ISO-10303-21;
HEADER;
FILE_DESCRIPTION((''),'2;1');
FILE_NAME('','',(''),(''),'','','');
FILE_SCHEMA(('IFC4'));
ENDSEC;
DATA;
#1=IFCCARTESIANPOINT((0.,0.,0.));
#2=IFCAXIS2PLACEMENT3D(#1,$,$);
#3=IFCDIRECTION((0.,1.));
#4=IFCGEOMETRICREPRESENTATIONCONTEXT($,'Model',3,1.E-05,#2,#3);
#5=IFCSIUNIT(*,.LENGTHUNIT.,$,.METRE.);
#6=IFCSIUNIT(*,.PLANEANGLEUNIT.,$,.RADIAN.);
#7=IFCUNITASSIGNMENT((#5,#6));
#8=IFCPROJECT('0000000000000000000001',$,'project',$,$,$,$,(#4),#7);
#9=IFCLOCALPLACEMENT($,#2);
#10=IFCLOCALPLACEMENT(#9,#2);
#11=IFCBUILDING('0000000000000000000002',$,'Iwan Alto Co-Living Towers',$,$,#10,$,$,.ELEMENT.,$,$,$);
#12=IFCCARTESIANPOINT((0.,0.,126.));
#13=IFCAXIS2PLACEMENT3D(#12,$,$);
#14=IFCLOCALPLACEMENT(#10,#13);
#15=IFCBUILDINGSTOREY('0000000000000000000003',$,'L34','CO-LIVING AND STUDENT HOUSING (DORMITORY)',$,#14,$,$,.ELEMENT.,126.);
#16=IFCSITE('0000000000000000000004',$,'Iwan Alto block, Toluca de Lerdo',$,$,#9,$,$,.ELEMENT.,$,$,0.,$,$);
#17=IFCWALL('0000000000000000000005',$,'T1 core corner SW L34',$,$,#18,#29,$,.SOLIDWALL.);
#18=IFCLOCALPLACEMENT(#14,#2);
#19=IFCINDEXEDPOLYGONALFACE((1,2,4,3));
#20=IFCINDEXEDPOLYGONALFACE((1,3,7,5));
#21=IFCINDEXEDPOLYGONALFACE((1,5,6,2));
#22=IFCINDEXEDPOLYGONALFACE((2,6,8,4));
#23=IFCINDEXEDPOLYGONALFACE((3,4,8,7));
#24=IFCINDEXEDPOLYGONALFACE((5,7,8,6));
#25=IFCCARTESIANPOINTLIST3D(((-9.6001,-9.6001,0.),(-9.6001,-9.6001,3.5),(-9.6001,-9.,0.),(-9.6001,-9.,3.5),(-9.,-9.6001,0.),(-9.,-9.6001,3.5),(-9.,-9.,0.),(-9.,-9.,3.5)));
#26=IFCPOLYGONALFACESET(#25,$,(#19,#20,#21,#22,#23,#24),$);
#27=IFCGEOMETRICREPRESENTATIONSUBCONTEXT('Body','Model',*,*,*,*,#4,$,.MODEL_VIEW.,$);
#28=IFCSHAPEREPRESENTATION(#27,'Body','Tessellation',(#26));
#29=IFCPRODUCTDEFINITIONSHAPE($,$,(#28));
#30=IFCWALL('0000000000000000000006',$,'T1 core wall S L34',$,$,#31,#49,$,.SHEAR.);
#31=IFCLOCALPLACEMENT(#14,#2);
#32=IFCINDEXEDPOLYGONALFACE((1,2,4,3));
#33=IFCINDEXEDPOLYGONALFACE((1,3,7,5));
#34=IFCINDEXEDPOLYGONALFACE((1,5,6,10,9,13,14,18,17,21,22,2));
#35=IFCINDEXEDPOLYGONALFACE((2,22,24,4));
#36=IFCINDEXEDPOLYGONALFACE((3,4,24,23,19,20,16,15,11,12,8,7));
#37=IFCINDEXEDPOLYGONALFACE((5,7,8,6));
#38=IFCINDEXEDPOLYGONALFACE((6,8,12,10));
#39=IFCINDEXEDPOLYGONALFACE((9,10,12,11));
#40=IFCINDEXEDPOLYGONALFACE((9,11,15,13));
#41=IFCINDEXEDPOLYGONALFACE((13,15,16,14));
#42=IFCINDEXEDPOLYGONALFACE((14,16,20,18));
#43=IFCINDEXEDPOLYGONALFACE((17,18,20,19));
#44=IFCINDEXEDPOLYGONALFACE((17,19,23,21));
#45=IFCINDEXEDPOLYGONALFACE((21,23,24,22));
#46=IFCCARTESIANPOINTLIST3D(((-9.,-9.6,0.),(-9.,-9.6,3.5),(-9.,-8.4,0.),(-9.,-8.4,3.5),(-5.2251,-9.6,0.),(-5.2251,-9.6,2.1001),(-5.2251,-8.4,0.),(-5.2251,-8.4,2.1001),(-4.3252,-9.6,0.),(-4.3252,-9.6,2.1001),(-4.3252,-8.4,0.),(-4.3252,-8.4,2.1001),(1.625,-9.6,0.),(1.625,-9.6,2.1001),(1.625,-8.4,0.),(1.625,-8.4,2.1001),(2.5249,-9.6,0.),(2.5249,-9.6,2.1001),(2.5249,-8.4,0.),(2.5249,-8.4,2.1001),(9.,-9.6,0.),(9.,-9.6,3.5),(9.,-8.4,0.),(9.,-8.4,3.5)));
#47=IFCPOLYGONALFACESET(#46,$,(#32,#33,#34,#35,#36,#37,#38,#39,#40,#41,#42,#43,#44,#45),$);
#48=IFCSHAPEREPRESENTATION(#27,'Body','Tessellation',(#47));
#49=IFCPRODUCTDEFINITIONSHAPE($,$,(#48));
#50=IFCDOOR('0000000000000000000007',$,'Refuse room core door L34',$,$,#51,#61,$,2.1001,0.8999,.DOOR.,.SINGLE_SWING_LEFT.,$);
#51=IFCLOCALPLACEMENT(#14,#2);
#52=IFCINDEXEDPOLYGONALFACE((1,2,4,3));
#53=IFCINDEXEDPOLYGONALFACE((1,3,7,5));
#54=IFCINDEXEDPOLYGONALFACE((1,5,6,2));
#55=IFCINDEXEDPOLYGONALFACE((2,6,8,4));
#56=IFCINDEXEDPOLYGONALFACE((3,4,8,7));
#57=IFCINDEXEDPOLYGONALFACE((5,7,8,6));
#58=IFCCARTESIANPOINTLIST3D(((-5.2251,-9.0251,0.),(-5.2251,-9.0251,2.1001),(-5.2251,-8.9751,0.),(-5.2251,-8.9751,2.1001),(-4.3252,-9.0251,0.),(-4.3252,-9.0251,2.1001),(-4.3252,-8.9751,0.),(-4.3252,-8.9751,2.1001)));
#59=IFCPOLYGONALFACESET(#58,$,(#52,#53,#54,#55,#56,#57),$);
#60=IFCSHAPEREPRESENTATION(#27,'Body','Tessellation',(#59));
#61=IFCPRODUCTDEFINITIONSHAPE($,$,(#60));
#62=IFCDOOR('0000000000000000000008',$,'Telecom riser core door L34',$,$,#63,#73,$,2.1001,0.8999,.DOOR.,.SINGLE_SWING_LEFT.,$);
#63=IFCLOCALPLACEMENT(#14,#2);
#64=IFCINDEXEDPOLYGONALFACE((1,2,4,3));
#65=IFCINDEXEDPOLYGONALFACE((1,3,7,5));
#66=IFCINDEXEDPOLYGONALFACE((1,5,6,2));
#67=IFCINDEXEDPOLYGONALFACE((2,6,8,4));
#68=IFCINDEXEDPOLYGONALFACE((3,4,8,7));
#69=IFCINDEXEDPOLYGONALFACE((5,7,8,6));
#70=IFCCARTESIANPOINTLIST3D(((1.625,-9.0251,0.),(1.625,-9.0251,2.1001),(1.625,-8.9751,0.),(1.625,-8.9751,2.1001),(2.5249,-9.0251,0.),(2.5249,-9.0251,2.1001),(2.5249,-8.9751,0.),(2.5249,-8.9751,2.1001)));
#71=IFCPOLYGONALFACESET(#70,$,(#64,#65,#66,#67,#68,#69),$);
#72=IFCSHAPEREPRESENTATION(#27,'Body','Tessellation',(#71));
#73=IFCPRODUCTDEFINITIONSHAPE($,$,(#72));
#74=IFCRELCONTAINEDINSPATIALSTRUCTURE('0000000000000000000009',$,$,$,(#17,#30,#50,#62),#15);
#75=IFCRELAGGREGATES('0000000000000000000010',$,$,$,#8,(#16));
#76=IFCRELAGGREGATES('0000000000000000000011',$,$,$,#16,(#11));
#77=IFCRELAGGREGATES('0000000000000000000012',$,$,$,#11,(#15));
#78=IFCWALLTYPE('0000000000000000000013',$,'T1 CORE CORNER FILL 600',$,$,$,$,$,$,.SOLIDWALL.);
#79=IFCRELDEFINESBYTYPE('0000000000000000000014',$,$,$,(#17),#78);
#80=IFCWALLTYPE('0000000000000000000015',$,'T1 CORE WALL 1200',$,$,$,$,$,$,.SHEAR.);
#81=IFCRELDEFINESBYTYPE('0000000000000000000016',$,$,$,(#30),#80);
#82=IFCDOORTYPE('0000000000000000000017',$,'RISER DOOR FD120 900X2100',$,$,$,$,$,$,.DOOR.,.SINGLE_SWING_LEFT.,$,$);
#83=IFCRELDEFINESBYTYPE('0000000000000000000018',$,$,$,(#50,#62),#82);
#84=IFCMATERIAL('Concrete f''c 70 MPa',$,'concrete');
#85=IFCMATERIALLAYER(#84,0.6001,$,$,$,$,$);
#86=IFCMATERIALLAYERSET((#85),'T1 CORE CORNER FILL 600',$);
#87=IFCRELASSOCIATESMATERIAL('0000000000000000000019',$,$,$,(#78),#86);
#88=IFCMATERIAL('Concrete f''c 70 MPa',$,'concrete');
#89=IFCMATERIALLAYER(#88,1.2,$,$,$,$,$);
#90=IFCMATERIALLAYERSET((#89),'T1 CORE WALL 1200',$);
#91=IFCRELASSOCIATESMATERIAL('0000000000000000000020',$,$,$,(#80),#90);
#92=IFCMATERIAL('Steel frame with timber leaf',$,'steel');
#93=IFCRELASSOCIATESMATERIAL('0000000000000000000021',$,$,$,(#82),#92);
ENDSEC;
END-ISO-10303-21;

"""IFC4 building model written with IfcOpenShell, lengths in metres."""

from ifc_helpers import new_model, si_unit, direction, frame, frame_2d, origin, place, context, subcontext, project, spatial, rectangle, extrude, material, layer, layer_set, type_object, element, fill, save


model = new_model("IFC4")

# Units and contexts
model_context = context("Model", 3, precision=1e-05, world=origin(), true_north=direction((0.0, 1.0)))
body_context = subcontext(model_context, "Body", "Model", "MODEL_VIEW")
ifc_project = project(units=[si_unit("LENGTHUNIT", "METRE"), si_unit("PLANEANGLEUNIT", "RADIAN")], contexts=[model_context])

# Site, building, storey
site_placement = place(None, origin())
site = spatial("IfcSite", under=ifc_project, at=site_placement, Name="Iwan Alto block, Toluca de Lerdo", CompositionType="ELEMENT", RefElevation=0.0)
building_placement = place(site_placement, origin())
building = spatial("IfcBuilding", under=site, at=building_placement, Name="Iwan Alto Co-Living Towers", CompositionType="ELEMENT")
storey_placement = place(building_placement, frame((0.0, 0.0, 126.0)))
storey = spatial("IfcBuildingStorey", under=building, at=storey_placement, Name="L34", Description="CO-LIVING AND STUDENT HOUSING (DORMITORY)", CompositionType="ELEMENT", Elevation=126.0)

# Wall
ifc_material_1 = material(Name="Concrete f'c 70 MPa", Category="concrete")
ifc_layer_1 = layer(ifc_material_1, 0.6001)
ifc_layer_set_1 = layer_set([ifc_layer_1], Name="T1 CORE CORNER FILL 600")
wall_type_1 = type_object("IfcWallType", Name="T1 CORE CORNER FILL 600", PredefinedType="SOLIDWALL", material=ifc_layer_set_1)
wall_1_placement = place(storey_placement, frame((-9.6001, -9.3, 0.0), z_axis=(0.0, 0.0, 1.0), x_axis=(1.0, 0.0, 0.0)))
element("IfcWall", 1, at=wall_1_placement, inside=storey, type_object=wall_type_1, Name="T1 core corner SW L34", PredefinedType="SOLIDWALL", context=body_context, shape_type="SweptSolid", body=[
    extrude(rectangle(XDim=0.6001, YDim=0.6001, at=frame_2d((0.3, 0.0))), origin(), (0.0, 0.0, 1.0), 3.5),
])

# Wall, openings, doors
ifc_material_2 = material(Name="Concrete f'c 70 MPa", Category="concrete")
ifc_layer_2 = layer(ifc_material_2, 1.2)
ifc_layer_set_2 = layer_set([ifc_layer_2], Name="T1 CORE WALL 1200")
wall_type_2 = type_object("IfcWallType", Name="T1 CORE WALL 1200", PredefinedType="SHEAR", material=ifc_layer_set_2)
wall_2_placement = place(storey_placement, frame((-9.0, -9.0, 0.0), z_axis=(0.0, 0.0, 1.0), x_axis=(1.0, 0.0, 0.0)))
wall_2 = element("IfcWall", 2, at=wall_2_placement, inside=storey, type_object=wall_type_2, Name="T1 core wall S L34", PredefinedType="SHEAR", context=body_context, shape_type="SweptSolid", body=[
    extrude(rectangle(XDim=18.0, YDim=1.2, at=frame_2d((9.0, 0.0))), origin(), (0.0, 0.0, 1.0), 3.5),
])
opening_1_placement = place(wall_2_placement, frame((3.7749, 0.0, 0.0)))
opening_1 = element("IfcOpeningElement", 3, at=opening_1_placement, cuts=wall_2, PredefinedType="OPENING", context=body_context, shape_type="SweptSolid", body=[
    extrude(rectangle(XDim=0.8999, YDim=2.1001, at=frame_2d((0.45, 1.05))), frame((0.0, 0.6099, 0.0), z_axis=(0.0, -1.0, 0.0), x_axis=(1.0, 0.0, 0.0)), (0.0, 0.0, 1.0), 1.22),
])
opening_2_placement = place(wall_2_placement, frame((10.625, 0.0, 0.0)))
opening_2 = element("IfcOpeningElement", 4, at=opening_2_placement, cuts=wall_2, PredefinedType="OPENING", context=body_context, shape_type="SweptSolid", body=[
    extrude(rectangle(XDim=0.8999, YDim=2.1001, at=frame_2d((0.45, 1.05))), frame((0.0, 0.6099, 0.0), z_axis=(0.0, -1.0, 0.0), x_axis=(1.0, 0.0, 0.0)), (0.0, 0.0, 1.0), 1.22),
])
ifc_material_3 = material(Name="Steel frame with timber leaf", Category="steel")
door_type_1 = type_object("IfcDoorType", Name="RISER DOOR FD120 900X2100", OperationType="SINGLE_SWING_LEFT", PredefinedType="DOOR", material=ifc_material_3)
door_1_placement = place(opening_1_placement, origin())
door_1 = element("IfcDoor", 5, at=door_1_placement, inside=storey, type_object=door_type_1, Name="Refuse room core door L34", OperationType="SINGLE_SWING_LEFT", OverallHeight=2.1001, OverallWidth=0.8999, PredefinedType="DOOR", context=body_context, shape_type="SweptSolid", body=[
    extrude(rectangle(XDim=0.8999, YDim=2.1001, at=frame_2d((0.45, 1.05))), frame((0.0, 0.0249, 0.0), z_axis=(0.0, -1.0, 0.0), x_axis=(1.0, 0.0, 0.0)), (0.0, 0.0, 1.0), 0.05),
])
fill(opening_1, door_1)
door_2_placement = place(opening_2_placement, origin())
door_2 = element("IfcDoor", 6, at=door_2_placement, inside=storey, type_object=door_type_1, Name="Telecom riser core door L34", OperationType="SINGLE_SWING_LEFT", OverallHeight=2.1001, OverallWidth=0.8999, PredefinedType="DOOR", context=body_context, shape_type="SweptSolid", body=[
    extrude(rectangle(XDim=0.8999, YDim=2.1001, at=frame_2d((0.45, 1.05))), frame((0.0, 0.0249, 0.0), z_axis=(0.0, -1.0, 0.0), x_axis=(1.0, 0.0, 0.0)), (0.0, 0.0, 1.0), 0.05),
])
fill(opening_2, door_2)

save(model, "model.ifc")
